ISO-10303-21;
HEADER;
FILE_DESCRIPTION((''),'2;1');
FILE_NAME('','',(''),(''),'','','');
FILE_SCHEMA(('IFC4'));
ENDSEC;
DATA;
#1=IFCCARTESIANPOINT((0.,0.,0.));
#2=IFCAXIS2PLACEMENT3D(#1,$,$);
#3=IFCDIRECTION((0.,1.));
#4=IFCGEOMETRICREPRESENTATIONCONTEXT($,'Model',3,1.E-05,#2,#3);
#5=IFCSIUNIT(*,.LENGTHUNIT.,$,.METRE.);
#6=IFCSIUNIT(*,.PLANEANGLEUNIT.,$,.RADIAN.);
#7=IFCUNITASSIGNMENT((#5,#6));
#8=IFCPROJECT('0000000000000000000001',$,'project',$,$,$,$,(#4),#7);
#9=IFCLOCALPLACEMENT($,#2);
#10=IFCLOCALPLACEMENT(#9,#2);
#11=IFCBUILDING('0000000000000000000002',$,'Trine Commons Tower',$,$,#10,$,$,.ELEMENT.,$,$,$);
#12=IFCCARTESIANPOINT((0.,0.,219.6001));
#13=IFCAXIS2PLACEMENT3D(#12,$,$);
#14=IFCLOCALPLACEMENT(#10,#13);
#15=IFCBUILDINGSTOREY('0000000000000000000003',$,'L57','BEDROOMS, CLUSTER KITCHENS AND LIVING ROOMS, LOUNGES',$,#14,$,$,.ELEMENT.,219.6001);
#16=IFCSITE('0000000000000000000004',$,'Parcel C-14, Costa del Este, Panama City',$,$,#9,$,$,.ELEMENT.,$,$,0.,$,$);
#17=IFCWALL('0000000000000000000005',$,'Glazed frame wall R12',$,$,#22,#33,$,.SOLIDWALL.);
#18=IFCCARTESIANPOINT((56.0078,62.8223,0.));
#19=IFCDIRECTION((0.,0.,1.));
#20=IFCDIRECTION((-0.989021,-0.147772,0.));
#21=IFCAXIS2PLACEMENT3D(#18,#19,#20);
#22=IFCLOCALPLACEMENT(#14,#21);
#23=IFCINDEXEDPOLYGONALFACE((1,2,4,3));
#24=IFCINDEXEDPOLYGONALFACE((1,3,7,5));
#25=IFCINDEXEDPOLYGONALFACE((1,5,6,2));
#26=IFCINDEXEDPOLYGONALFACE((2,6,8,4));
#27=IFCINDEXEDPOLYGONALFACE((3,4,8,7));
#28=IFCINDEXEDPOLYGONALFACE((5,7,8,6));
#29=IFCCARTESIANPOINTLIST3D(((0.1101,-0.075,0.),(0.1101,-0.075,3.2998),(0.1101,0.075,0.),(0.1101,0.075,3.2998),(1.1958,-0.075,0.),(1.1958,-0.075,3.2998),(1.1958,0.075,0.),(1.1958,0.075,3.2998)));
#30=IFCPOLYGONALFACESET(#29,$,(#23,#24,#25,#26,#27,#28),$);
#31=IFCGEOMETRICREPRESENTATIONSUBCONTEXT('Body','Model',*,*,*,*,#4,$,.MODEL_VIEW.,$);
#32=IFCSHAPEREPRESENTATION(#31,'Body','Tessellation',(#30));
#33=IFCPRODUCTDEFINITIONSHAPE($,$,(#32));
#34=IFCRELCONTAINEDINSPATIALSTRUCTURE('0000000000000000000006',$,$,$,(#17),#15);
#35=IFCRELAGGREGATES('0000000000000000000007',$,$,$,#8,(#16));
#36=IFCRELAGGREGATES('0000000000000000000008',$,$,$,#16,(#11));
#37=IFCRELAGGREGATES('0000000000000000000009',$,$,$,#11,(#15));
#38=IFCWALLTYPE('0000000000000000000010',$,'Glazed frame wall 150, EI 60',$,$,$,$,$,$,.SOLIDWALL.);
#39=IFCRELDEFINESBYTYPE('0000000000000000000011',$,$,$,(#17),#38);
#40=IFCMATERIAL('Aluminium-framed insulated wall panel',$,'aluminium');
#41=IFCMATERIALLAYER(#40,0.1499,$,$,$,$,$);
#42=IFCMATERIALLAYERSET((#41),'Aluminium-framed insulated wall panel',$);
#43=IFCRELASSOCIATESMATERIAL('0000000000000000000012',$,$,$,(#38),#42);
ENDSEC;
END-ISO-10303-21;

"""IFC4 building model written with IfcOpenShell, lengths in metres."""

from ifc_helpers import new_model, si_unit, direction, frame, origin, place, context, subcontext, project, spatial, polyline, outline, extrude, material, layer, layer_set, type_object, element, save


model = new_model("IFC4")

# Units and contexts
model_context = context("Model", 3, precision=1e-05, world=origin(), true_north=direction((0.0, 1.0)))
body_context = subcontext(model_context, "Body", "Model", "MODEL_VIEW")
ifc_project = project(units=[si_unit("LENGTHUNIT", "METRE"), si_unit("PLANEANGLEUNIT", "RADIAN")], contexts=[model_context])

# Site, building, storey
site_placement = place(None, origin())
site = spatial("IfcSite", under=ifc_project, at=site_placement, Name="Parcel C-14, Costa del Este, Panama City", CompositionType="ELEMENT", RefElevation=0.0)
building_placement = place(site_placement, origin())
building = spatial("IfcBuilding", under=site, at=building_placement, Name="Trine Commons Tower", CompositionType="ELEMENT")
storey_placement = place(building_placement, frame((0.0, 0.0, 219.6001)))
storey = spatial("IfcBuildingStorey", under=building, at=storey_placement, Name="L57", Description="BEDROOMS, CLUSTER KITCHENS AND LIVING ROOMS, LOUNGES", CompositionType="ELEMENT", Elevation=219.6001)

# Shared definitions
ifc_material_1 = material(Name="Aluminium-framed insulated wall panel", Category="aluminium")
ifc_layer_1 = layer(ifc_material_1, 0.1499)
ifc_layer_set_1 = layer_set([ifc_layer_1], Name="Aluminium-framed insulated wall panel")
wall_type_1 = type_object("IfcWallType", Name="Glazed frame wall 150, EI 60", PredefinedType="SOLIDWALL", material=ifc_layer_set_1)

# Wall
wall_1_placement = place(storey_placement, frame((56.0078, 62.8223, 0.0), z_axis=(0.0, 0.0, 1.0), x_axis=(-0.989021, -0.147772, 0.0)))
element("IfcWall", 1, at=wall_1_placement, inside=storey, type_object=wall_type_1, Name="Glazed frame wall R12", PredefinedType="SOLIDWALL", context=body_context, shape_type="SweptSolid", body=[
    extrude(outline(polyline([(0.1101, 0.075), (0.1101, -0.075), (1.1958, -0.075), (1.1958, 0.075), (0.1101, 0.075)])), origin(), (0.0, 0.0, 1.0), 3.2998),
])

save(model, "model.ifc")
